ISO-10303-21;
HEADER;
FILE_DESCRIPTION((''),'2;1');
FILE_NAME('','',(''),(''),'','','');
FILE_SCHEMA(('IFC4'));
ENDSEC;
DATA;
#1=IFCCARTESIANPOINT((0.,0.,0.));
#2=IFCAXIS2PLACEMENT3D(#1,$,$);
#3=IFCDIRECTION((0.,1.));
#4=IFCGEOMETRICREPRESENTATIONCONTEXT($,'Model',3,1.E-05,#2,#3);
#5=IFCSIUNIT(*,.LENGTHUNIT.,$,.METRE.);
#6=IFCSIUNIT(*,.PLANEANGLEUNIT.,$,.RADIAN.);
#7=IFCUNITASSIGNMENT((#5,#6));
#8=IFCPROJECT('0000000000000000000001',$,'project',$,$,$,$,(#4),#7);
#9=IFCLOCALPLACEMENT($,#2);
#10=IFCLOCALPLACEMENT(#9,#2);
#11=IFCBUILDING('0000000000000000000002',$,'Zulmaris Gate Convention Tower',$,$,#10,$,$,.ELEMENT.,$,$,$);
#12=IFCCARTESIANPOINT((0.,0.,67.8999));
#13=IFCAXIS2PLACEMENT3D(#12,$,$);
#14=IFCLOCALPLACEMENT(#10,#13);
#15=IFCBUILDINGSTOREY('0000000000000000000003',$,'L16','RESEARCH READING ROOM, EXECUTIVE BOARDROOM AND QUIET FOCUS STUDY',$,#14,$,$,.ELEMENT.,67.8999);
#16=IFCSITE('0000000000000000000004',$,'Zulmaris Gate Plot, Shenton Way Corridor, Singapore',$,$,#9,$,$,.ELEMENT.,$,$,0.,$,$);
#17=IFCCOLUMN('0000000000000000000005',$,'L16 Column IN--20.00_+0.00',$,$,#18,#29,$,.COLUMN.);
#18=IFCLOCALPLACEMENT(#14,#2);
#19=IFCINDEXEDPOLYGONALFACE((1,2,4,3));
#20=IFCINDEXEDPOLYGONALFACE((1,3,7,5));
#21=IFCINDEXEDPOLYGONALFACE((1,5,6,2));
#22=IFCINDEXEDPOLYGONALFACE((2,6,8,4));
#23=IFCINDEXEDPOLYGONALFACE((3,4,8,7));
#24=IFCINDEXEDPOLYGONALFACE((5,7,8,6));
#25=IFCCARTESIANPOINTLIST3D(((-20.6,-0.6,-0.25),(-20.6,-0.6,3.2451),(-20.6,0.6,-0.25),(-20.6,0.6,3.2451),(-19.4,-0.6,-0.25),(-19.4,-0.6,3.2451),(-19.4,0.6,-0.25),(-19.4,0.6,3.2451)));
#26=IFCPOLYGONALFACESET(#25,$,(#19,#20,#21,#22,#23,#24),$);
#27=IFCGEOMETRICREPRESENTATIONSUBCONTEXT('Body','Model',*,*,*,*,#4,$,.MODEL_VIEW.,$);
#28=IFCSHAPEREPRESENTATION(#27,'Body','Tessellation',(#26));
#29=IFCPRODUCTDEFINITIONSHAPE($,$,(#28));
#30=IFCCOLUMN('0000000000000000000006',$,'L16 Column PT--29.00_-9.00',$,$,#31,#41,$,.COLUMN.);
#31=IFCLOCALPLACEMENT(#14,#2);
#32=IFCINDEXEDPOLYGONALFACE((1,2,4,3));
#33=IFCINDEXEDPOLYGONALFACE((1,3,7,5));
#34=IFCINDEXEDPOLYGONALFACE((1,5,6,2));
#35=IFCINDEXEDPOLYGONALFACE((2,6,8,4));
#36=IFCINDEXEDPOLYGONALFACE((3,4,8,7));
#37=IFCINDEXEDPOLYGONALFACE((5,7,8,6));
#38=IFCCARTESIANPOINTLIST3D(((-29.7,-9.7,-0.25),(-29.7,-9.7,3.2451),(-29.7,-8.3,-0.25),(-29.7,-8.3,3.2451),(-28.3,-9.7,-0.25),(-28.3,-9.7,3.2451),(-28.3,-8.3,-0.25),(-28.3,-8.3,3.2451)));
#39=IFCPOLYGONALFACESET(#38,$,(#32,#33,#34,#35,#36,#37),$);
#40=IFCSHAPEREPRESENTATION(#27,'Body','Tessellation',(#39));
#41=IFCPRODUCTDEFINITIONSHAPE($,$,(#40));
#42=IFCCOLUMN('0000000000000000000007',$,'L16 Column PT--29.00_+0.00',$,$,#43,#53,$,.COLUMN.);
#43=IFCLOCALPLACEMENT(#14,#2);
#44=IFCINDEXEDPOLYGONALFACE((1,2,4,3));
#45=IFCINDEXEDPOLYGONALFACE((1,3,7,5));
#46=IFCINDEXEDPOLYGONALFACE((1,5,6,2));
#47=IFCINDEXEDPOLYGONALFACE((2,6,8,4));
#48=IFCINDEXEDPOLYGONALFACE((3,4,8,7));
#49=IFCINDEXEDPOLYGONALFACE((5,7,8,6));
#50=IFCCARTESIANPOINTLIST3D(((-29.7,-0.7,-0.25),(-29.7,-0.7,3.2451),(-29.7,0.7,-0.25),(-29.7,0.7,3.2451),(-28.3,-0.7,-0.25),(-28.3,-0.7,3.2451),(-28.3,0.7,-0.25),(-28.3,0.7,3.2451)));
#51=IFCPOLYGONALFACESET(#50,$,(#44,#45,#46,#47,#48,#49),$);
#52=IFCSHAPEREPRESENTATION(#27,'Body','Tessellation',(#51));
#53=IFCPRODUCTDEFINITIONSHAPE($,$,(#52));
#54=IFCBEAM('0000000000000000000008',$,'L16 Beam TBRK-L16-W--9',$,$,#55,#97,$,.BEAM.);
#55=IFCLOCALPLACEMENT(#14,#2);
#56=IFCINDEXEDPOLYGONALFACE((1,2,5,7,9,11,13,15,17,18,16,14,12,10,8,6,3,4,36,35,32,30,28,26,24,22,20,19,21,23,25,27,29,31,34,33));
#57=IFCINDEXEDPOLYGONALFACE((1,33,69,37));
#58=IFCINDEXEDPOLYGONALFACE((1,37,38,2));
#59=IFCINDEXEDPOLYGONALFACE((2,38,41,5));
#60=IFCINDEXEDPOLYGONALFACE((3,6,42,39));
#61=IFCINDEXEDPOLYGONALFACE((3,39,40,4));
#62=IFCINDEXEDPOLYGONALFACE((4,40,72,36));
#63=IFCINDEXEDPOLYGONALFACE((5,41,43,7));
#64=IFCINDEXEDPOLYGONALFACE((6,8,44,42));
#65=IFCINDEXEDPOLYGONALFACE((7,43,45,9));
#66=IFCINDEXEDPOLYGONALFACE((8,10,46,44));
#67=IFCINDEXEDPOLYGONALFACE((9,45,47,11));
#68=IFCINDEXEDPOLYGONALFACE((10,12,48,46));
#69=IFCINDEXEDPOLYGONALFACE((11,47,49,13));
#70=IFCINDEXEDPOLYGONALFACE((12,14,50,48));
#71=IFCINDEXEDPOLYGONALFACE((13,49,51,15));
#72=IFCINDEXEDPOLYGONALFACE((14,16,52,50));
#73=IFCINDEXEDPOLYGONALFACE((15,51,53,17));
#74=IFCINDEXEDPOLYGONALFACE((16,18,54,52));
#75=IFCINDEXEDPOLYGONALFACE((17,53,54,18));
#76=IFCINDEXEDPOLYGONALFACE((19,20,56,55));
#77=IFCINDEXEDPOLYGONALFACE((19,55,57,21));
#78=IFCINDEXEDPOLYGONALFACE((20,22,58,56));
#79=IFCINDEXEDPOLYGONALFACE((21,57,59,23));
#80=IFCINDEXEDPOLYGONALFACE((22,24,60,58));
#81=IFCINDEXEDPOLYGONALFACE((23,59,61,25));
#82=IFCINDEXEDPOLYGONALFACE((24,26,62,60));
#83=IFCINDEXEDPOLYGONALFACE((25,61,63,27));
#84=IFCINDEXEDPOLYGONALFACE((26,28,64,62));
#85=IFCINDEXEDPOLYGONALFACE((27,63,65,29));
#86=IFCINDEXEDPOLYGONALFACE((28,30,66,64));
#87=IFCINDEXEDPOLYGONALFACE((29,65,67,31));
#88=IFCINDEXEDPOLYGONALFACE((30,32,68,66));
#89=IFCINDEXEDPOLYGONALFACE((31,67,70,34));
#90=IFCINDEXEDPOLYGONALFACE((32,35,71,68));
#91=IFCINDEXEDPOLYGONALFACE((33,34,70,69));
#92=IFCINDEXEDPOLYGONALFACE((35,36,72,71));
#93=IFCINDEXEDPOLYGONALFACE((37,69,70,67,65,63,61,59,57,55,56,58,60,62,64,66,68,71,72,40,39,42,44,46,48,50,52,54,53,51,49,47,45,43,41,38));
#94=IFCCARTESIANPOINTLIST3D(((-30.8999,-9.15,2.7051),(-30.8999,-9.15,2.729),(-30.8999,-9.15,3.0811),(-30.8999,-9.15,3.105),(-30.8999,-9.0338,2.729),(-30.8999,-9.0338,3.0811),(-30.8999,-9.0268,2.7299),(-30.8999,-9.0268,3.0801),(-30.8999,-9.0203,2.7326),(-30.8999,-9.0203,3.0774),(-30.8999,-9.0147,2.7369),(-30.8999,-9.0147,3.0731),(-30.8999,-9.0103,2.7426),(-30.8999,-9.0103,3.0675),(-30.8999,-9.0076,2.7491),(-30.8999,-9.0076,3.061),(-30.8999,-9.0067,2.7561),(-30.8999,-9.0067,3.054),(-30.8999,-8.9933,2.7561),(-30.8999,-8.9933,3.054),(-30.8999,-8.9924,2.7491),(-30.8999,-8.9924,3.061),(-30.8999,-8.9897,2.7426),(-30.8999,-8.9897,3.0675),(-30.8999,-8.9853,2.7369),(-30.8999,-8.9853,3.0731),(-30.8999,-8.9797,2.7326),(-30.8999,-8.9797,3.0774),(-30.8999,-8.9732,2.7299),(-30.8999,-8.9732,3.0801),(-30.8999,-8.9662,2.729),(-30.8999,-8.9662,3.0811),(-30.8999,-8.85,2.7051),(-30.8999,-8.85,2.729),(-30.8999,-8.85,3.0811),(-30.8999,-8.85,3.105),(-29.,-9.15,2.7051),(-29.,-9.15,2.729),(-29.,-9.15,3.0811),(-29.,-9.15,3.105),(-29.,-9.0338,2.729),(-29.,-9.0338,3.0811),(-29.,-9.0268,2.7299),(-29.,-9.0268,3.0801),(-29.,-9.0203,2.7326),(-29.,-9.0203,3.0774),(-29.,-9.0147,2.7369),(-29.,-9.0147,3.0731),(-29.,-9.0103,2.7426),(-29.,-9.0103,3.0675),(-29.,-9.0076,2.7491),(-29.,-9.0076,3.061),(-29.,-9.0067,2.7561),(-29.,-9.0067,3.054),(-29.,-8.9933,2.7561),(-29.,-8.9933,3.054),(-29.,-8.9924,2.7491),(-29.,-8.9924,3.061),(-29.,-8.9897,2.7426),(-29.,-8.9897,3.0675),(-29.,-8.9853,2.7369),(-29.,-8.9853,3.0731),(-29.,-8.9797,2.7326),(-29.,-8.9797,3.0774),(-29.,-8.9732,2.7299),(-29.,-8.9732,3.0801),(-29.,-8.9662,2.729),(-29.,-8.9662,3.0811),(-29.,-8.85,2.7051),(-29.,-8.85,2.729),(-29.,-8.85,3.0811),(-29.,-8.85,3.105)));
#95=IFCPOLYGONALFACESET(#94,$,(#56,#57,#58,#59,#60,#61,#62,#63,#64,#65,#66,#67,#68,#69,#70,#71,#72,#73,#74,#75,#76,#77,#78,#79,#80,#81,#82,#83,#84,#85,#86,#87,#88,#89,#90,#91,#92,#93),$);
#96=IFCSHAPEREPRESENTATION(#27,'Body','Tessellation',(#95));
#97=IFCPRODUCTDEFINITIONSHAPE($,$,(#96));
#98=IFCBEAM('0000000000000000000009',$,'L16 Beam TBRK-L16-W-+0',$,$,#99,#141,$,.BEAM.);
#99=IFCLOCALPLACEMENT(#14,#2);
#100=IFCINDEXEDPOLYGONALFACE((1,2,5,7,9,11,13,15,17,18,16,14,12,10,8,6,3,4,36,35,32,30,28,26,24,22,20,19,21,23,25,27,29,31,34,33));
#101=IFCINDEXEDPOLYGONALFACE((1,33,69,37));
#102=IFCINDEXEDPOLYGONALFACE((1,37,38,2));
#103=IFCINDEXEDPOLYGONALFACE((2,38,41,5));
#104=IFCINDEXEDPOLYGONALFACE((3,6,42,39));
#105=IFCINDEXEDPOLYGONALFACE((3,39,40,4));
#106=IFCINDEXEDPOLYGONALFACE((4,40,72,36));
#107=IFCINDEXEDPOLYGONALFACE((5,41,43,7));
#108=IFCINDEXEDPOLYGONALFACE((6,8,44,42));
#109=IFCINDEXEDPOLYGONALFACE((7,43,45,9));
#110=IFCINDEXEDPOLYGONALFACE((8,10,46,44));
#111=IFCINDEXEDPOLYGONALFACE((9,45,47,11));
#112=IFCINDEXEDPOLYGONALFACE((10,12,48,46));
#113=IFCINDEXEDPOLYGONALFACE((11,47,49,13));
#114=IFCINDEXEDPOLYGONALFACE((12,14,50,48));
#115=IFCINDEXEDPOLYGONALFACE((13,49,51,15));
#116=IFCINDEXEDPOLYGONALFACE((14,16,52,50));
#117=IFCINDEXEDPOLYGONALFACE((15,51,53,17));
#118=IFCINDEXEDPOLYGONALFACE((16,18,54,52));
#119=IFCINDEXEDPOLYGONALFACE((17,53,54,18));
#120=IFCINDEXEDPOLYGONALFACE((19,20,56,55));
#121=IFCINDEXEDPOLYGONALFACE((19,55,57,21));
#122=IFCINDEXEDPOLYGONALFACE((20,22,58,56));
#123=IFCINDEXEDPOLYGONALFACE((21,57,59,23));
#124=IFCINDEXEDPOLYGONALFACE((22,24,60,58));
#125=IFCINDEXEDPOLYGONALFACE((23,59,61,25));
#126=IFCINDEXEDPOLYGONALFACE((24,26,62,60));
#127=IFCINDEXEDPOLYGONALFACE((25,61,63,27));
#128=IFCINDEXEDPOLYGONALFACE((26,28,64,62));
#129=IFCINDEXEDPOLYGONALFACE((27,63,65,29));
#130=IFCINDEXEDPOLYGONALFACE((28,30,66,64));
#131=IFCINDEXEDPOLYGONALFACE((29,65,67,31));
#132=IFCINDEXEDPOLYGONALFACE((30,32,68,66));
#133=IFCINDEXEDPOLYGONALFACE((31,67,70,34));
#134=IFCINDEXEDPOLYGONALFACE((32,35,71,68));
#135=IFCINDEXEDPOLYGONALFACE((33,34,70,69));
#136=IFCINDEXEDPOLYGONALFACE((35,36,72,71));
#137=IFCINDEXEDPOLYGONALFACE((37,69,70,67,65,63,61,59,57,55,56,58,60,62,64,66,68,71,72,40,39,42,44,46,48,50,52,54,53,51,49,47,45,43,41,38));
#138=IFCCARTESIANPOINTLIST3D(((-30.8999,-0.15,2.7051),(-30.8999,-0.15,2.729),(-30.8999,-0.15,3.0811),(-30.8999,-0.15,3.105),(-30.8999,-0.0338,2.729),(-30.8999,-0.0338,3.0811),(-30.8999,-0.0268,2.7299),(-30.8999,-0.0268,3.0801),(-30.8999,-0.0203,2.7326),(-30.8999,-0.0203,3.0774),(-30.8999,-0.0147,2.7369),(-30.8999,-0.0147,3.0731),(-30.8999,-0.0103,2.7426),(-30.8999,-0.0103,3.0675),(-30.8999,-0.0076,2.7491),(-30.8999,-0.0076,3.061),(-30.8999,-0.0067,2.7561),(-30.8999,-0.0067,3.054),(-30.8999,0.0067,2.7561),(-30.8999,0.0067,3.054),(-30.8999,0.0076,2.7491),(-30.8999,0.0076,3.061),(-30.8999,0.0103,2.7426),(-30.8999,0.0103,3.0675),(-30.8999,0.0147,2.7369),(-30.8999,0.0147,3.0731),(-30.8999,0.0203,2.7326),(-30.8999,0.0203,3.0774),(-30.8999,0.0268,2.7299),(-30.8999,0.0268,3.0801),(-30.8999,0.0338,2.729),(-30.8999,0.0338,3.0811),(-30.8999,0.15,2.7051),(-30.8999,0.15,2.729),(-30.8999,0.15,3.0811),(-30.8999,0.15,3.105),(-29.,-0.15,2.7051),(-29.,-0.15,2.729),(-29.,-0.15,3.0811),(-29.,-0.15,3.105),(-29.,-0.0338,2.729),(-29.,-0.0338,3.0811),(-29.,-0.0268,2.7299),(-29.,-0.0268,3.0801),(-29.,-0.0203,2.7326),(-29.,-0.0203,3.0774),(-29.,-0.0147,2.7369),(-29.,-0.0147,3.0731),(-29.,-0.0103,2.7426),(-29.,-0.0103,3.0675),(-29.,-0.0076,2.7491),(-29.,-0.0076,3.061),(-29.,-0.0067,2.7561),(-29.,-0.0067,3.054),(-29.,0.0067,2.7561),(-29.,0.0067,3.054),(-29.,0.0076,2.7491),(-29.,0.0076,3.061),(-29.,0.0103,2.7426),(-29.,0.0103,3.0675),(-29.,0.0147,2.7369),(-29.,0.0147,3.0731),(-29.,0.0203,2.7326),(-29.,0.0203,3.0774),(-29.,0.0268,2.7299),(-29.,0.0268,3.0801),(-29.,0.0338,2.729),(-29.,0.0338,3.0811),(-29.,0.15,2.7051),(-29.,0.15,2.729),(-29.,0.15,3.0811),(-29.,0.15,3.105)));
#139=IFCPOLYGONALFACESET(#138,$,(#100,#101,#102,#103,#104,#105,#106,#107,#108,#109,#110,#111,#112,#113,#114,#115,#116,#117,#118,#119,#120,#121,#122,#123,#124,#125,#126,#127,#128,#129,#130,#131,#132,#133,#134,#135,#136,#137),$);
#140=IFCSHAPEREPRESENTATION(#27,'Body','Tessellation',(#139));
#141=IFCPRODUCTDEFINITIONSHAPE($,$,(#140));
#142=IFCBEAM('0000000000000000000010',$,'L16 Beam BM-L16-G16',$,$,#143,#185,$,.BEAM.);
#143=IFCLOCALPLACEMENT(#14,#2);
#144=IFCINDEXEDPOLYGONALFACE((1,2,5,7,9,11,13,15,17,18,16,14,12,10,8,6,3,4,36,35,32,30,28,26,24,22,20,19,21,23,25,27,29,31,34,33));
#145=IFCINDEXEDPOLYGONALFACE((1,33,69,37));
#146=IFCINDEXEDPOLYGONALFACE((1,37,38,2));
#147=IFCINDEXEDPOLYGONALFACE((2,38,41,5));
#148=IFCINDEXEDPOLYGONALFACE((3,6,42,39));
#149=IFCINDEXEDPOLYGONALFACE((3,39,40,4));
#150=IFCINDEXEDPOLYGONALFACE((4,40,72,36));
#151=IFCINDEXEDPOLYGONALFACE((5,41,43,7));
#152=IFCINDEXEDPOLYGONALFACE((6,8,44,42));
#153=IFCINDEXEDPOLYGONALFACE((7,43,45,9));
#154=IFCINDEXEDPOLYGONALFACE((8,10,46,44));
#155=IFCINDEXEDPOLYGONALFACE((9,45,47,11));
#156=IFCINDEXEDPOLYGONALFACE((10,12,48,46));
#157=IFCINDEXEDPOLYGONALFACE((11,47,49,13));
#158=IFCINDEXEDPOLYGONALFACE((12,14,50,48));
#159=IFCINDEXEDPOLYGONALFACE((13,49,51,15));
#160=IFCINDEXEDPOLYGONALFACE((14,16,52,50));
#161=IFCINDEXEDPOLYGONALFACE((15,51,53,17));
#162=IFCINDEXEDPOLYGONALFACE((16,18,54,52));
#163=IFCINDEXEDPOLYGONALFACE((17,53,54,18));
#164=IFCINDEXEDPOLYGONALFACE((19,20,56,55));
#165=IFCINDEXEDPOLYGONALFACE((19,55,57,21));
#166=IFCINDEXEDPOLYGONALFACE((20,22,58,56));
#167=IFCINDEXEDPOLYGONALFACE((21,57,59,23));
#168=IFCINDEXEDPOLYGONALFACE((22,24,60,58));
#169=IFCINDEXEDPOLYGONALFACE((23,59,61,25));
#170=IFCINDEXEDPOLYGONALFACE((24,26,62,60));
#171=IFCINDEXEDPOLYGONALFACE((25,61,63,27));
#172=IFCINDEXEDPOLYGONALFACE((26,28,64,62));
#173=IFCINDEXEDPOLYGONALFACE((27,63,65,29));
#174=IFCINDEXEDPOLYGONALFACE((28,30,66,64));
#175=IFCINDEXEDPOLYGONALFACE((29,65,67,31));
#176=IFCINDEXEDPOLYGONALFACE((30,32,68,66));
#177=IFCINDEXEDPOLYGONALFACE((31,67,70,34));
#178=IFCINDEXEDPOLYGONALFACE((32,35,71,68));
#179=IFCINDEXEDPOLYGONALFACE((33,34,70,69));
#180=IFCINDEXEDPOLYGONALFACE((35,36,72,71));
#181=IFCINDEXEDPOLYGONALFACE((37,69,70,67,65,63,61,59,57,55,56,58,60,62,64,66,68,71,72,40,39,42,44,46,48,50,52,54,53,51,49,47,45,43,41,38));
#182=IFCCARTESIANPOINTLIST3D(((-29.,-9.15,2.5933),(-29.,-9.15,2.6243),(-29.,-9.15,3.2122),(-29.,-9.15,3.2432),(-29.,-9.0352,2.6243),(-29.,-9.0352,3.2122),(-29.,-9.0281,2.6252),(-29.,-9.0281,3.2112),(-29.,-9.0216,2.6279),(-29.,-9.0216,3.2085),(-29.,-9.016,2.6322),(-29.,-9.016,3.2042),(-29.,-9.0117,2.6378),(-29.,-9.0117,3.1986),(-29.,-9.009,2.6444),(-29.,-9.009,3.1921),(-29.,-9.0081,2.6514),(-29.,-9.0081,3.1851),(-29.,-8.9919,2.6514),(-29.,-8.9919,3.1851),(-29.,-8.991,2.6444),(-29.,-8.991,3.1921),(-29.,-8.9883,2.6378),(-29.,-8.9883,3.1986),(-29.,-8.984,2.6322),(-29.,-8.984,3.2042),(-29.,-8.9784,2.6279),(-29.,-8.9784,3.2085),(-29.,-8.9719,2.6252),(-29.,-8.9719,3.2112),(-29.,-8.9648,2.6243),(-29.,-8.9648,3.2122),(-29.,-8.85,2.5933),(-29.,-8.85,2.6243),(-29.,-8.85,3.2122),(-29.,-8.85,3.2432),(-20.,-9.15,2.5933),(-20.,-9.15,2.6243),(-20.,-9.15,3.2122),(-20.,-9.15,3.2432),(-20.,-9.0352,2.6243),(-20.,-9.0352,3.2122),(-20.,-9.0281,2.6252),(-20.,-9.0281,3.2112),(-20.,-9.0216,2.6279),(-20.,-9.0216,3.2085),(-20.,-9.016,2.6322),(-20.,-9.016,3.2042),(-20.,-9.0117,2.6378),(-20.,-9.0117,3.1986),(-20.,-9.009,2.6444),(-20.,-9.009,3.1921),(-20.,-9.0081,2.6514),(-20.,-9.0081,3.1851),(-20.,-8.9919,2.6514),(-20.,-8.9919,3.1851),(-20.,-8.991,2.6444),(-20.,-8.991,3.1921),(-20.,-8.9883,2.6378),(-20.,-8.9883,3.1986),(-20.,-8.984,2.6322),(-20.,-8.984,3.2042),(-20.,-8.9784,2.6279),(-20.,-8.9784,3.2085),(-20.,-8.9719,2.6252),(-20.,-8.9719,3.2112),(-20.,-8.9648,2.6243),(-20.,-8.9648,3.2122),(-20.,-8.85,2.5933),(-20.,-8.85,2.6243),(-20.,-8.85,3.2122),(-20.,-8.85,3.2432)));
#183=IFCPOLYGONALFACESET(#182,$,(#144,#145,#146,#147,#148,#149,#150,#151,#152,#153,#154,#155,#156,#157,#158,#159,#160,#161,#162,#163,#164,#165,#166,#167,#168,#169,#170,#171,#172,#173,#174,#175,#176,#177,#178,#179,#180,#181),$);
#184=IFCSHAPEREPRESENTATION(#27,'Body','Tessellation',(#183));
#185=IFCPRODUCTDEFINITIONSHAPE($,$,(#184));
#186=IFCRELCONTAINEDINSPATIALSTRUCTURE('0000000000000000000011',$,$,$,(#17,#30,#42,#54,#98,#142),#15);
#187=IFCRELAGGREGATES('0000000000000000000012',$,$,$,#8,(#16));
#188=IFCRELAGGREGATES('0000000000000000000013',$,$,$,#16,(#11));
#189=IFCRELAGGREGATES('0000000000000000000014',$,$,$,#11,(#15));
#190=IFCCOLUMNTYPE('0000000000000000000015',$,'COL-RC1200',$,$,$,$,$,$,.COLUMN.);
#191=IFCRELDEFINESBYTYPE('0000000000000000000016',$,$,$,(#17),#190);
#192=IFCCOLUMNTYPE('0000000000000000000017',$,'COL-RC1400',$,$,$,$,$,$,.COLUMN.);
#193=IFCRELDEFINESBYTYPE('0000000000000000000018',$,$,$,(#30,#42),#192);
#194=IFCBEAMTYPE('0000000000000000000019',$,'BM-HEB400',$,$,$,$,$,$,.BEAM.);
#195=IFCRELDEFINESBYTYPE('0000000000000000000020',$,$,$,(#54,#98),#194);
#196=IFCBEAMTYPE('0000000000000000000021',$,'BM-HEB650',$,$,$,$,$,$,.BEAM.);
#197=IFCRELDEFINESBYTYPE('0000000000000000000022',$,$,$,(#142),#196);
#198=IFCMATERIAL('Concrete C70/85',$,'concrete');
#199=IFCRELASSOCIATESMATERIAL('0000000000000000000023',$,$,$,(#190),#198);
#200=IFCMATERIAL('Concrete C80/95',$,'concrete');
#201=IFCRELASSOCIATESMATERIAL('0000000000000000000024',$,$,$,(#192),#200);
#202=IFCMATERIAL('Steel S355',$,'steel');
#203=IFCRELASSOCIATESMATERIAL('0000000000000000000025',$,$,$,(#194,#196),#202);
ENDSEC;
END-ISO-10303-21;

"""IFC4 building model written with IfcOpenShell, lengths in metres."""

from ifc_helpers import new_model, si_unit, direction, frame, origin, origin_2d, place, context, subcontext, project, spatial, rectangle, i_section, extrude, material, material_profile, profile_set, type_object, element, save


model = new_model("IFC4")

# Units and contexts
model_context = context("Model", 3, precision=1e-05, world=origin(), true_north=direction((0.0, 1.0)))
body_context = subcontext(model_context, "Body", "Model", "MODEL_VIEW")
ifc_project = project(units=[si_unit("LENGTHUNIT", "METRE"), si_unit("PLANEANGLEUNIT", "RADIAN")], contexts=[model_context])

# Site, building, storey
site_placement = place(None, origin())
site = spatial("IfcSite", under=ifc_project, at=site_placement, Name="Zulmaris Gate Plot, Shenton Way Corridor, Singapore", CompositionType="ELEMENT", RefElevation=0.0)
building_placement = place(site_placement, origin())
building = spatial("IfcBuilding", under=site, at=building_placement, Name="Zulmaris Gate Convention Tower", CompositionType="ELEMENT")
storey_placement = place(building_placement, frame((0.0, 0.0, 67.8999)))
storey = spatial("IfcBuildingStorey", under=building, at=storey_placement, Name="L16", Description="RESEARCH READING ROOM, EXECUTIVE BOARDROOM AND QUIET FOCUS STUDY", CompositionType="ELEMENT", Elevation=67.8999)

# Columns
ifc_material_1 = material(Name="Concrete C70/85", Category="concrete")
ifc_material_profile_1 = material_profile(ifc_material_1, rectangle(XDim=1.2, YDim=1.2, at=origin_2d()), Name="RC COL 1200x1200")
ifc_profile_set_1 = profile_set([ifc_material_profile_1], Name="Concrete C70/85")
column_type_1 = type_object("IfcColumnType", Name="COL-RC1200", PredefinedType="COLUMN", material=ifc_profile_set_1)
column_placement = place(storey_placement, frame((-20.0, 0.0, -0.25), z_axis=(0.0, 0.0, 1.0), x_axis=(1.0, 0.0, 0.0)))
element("IfcColumn", 1, at=column_placement, inside=storey, type_object=column_type_1, Name="L16 Column IN--20.00_+0.00", PredefinedType="COLUMN", context=body_context, shape_type="SweptSolid", body=[
    extrude(rectangle(XDim=1.2, YDim=1.2, at=origin_2d()), origin(), (0.0, 0.0, 1.0), 3.4951),
])
ifc_material_2 = material(Name="Concrete C80/95", Category="concrete")
ifc_material_profile_2 = material_profile(ifc_material_2, rectangle(XDim=1.3999, YDim=1.3999, at=origin_2d()), Name="RC COL 1400x1400")
ifc_profile_set_2 = profile_set([ifc_material_profile_2], Name="Concrete C80/95")
column_type_2 = type_object("IfcColumnType", Name="COL-RC1400", PredefinedType="COLUMN", material=ifc_profile_set_2)
for number, where, z_axis, x_axis, name in (
    (2, (-29.0, -9.0, -0.25), (0.0, 0.0, 1.0), (1.0, 0.0, 0.0), "L16 Column PT--29.00_-9.00"),
    (3, (-29.0, 0.0, -0.25), (0.0, 0.0, 1.0), (1.0, 0.0, 0.0), "L16 Column PT--29.00_+0.00"),
):
    element("IfcColumn", number, at=place(storey_placement, frame(where, z_axis=z_axis, x_axis=x_axis)), inside=storey, type_object=column_type_2, Name=name, PredefinedType="COLUMN", context=body_context, shape_type="SweptSolid", body=[
        extrude(rectangle(XDim=1.3999, YDim=1.3999, at=origin_2d()), origin(), (0.0, 0.0, 1.0), 3.4951),
    ])

# Beams
ifc_material_3 = material(Name="Steel S355", Category="steel")
ifc_material_profile_3 = material_profile(ifc_material_3, i_section(OverallWidth=0.3, OverallDepth=0.3999, WebThickness=0.0134, FlangeThickness=0.0239, FilletRadius=0.0271, at=origin_2d()), Name="HEB 400")
ifc_profile_set_3 = profile_set([ifc_material_profile_3], Name="Steel S355")
beam_type_1 = type_object("IfcBeamType", Name="BM-HEB400", PredefinedType="BEAM", material=ifc_profile_set_3)
for number, where, z_axis, x_axis, name in (
    (4, (-30.8999, -9.0, 2.905), (1.0, 0.0, 0.0), (0.0, 1.0, 0.0), "L16 Beam TBRK-L16-W--9"),
    (5, (-30.8999, 0.0, 2.905), (1.0, 0.0, 0.0), (0.0, 1.0, 0.0), "L16 Beam TBRK-L16-W-+0"),
):
    element("IfcBeam", number, at=place(storey_placement, frame(where, z_axis=z_axis, x_axis=x_axis)), inside=storey, type_object=beam_type_1, Name=name, PredefinedType="BEAM", context=body_context, shape_type="SweptSolid", body=[
        extrude(i_section(OverallWidth=0.3, OverallDepth=0.3999, WebThickness=0.0134, FlangeThickness=0.0239, FilletRadius=0.0271, at=origin_2d()), origin(), (0.0, 0.0, 1.0), 1.8999),
    ])
ifc_material_profile_4 = material_profile(ifc_material_3, i_section(OverallWidth=0.3, OverallDepth=0.6499, WebThickness=0.0161, FlangeThickness=0.031, FilletRadius=0.0271, at=origin_2d()), Name="HEB 650")
ifc_profile_set_4 = profile_set([ifc_material_profile_4], Name="Steel S355")
beam_type_2 = type_object("IfcBeamType", Name="BM-HEB650", PredefinedType="BEAM", material=ifc_profile_set_4)
for number, where, z_axis, x_axis, name in (
    (6, (-29.0, -9.0, 2.9182), (1.0, 0.0, 0.0), (0.0, 1.0, 0.0), "L16 Beam BM-L16-G16"),
):
    element("IfcBeam", number, at=place(storey_placement, frame(where, z_axis=z_axis, x_axis=x_axis)), inside=storey, type_object=beam_type_2, Name=name, PredefinedType="BEAM", context=body_context, shape_type="SweptSolid", body=[
        extrude(i_section(OverallWidth=0.3, OverallDepth=0.6499, WebThickness=0.0161, FlangeThickness=0.031, FilletRadius=0.0271, at=origin_2d()), origin(), (0.0, 0.0, 1.0), 9.0),
    ])

save(model, "model.ifc")
